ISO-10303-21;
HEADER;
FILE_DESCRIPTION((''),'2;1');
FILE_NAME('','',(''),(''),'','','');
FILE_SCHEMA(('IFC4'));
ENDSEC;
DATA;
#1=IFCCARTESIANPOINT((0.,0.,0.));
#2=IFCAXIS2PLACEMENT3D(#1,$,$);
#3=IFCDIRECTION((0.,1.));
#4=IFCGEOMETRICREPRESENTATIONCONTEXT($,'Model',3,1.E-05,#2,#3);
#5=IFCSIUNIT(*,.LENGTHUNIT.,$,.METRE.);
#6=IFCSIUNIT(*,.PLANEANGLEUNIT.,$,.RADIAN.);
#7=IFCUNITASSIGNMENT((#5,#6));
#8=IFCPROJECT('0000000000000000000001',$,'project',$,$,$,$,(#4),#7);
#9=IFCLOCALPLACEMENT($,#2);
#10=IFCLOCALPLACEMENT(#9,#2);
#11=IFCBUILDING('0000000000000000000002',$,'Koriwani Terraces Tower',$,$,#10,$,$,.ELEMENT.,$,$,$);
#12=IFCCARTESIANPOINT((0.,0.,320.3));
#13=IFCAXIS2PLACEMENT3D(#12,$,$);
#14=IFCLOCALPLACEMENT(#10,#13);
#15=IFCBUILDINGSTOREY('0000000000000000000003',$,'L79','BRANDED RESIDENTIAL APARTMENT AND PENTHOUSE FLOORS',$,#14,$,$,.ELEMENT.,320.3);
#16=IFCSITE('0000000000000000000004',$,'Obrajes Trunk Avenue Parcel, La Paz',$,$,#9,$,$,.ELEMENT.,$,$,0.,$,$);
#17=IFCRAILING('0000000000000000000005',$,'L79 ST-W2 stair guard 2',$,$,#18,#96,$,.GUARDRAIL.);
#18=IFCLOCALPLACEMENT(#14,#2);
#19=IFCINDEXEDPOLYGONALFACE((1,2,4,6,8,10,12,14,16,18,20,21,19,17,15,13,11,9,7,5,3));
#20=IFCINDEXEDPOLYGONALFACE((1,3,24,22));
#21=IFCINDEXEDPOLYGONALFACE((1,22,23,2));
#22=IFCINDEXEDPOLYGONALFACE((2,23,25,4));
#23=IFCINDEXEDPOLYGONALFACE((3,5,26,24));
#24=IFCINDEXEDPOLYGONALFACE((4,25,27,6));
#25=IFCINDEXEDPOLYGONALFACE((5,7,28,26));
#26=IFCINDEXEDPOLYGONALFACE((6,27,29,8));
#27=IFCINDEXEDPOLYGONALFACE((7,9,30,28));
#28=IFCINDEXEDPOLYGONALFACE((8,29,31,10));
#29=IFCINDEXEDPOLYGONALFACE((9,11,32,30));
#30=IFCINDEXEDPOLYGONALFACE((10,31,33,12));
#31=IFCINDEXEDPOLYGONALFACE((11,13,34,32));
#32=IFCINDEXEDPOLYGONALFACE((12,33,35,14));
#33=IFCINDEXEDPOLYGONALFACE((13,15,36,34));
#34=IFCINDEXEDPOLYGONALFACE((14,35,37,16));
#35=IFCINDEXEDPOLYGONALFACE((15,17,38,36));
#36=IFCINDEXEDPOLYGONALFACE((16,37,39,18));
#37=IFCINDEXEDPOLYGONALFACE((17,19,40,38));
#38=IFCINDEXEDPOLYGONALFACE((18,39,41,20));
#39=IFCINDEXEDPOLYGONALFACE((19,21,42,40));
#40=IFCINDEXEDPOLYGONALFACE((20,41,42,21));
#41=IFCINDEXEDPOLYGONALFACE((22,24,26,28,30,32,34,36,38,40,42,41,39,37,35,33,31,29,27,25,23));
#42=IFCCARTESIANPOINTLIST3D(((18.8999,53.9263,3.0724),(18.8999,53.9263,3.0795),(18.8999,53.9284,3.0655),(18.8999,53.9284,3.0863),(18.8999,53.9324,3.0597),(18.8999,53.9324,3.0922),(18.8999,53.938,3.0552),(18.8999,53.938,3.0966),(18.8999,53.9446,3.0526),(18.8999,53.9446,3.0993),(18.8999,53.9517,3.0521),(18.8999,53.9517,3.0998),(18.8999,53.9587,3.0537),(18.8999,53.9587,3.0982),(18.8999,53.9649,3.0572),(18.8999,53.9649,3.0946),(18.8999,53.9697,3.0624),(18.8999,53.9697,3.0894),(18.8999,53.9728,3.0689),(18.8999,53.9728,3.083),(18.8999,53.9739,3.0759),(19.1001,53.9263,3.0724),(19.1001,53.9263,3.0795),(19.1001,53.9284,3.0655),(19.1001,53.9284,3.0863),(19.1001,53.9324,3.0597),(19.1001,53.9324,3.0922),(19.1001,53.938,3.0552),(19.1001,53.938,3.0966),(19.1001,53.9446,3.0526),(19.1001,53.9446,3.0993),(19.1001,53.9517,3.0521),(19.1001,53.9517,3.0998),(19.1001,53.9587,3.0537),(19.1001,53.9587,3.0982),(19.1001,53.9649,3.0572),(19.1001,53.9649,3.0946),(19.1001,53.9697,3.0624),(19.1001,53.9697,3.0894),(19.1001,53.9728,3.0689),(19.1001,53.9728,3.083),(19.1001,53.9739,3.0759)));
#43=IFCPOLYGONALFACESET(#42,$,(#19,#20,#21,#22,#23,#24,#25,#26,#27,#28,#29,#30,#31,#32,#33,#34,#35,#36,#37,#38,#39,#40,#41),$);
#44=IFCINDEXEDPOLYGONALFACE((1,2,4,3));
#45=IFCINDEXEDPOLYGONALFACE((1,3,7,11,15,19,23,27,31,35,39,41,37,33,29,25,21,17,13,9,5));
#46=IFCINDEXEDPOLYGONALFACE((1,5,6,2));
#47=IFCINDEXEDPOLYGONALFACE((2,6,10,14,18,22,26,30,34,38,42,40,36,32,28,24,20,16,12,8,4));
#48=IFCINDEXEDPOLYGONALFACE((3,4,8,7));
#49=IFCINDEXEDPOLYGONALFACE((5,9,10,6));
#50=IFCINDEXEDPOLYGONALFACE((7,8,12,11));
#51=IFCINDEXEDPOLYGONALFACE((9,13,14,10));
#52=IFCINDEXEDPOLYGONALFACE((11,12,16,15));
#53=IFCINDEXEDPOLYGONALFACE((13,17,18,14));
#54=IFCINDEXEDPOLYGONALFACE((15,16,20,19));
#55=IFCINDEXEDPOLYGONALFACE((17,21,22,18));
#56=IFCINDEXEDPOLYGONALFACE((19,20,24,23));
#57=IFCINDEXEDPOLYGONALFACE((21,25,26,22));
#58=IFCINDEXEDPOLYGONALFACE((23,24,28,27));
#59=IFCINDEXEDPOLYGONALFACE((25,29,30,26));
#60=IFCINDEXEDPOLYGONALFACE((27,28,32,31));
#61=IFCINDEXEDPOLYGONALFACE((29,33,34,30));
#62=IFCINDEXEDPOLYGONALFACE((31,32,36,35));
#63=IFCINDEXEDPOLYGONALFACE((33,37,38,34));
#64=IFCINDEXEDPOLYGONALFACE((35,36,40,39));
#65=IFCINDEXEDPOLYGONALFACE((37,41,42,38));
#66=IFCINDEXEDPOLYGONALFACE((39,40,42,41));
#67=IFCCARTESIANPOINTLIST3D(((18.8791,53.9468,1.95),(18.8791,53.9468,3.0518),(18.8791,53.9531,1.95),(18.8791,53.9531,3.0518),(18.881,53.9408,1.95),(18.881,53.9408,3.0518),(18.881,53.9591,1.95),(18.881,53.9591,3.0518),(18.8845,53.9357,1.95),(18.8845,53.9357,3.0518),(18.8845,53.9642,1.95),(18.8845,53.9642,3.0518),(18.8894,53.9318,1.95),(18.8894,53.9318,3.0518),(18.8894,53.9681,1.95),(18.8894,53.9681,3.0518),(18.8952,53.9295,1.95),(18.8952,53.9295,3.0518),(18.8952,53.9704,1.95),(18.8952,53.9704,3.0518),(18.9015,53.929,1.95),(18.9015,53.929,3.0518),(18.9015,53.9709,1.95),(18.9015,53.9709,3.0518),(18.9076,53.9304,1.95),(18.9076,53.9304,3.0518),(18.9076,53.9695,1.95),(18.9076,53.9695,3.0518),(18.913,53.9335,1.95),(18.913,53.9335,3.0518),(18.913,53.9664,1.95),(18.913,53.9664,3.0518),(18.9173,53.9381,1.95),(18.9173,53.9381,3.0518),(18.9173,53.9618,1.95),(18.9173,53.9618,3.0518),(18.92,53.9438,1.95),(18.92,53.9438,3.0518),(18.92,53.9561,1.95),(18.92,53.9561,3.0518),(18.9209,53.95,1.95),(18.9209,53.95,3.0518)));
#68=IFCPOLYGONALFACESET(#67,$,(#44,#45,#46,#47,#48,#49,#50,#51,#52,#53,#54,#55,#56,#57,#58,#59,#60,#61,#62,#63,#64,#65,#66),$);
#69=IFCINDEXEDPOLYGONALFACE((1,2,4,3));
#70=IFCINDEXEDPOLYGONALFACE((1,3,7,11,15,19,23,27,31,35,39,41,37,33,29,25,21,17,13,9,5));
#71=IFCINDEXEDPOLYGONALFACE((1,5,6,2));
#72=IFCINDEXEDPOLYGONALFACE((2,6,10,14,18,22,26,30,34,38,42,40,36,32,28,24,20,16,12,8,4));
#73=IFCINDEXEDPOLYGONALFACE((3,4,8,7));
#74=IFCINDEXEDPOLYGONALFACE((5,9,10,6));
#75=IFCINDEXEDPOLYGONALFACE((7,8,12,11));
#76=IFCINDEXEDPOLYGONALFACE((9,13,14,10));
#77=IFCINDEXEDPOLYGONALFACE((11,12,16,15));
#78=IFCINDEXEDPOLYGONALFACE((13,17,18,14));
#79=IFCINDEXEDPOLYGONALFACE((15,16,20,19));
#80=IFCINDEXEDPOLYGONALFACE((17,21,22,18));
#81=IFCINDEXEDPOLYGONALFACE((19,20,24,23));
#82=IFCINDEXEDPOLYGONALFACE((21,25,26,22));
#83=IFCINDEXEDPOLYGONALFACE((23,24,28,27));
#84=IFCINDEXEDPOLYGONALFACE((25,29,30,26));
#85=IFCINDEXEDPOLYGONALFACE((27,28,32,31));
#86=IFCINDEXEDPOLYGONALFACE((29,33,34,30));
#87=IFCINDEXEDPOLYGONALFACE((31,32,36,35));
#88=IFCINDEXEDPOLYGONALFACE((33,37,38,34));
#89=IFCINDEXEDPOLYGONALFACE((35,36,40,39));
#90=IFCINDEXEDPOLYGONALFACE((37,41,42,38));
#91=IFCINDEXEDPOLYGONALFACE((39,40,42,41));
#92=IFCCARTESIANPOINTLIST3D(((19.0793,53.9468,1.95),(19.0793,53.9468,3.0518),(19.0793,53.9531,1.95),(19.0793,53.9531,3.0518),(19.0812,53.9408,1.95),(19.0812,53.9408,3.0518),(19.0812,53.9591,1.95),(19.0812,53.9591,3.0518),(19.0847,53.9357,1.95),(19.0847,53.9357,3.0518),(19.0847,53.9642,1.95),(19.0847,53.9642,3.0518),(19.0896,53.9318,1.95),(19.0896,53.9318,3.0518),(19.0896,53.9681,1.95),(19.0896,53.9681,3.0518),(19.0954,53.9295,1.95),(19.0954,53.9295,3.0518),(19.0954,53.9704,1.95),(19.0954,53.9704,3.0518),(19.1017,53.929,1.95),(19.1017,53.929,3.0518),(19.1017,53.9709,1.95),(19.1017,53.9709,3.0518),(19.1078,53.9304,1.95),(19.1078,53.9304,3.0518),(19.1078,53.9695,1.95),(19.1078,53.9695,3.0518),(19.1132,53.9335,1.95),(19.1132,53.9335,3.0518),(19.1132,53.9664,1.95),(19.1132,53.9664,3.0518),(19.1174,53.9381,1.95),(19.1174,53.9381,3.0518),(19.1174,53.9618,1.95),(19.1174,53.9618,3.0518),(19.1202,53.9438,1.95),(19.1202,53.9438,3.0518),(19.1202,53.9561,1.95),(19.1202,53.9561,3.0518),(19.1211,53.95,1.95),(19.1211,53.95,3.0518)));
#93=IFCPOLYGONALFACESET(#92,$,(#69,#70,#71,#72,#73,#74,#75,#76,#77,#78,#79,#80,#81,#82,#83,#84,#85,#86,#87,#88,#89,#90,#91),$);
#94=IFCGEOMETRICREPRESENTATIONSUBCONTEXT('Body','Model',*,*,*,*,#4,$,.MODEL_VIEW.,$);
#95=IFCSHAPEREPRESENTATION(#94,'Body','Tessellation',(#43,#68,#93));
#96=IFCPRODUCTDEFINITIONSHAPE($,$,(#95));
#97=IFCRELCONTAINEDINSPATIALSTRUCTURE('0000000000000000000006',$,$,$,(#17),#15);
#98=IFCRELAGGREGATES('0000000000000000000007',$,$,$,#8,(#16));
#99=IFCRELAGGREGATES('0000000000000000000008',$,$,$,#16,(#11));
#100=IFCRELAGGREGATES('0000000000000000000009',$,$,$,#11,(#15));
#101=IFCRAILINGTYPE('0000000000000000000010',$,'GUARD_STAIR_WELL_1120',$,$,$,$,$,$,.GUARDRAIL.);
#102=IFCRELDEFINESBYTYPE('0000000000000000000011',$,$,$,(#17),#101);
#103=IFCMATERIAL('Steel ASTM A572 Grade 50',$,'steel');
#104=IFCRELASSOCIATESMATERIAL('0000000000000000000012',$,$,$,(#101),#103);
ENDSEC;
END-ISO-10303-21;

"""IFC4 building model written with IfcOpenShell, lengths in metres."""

from ifc_helpers import new_model, si_unit, direction, frame, origin, origin_2d, place, context, subcontext, project, spatial, circle, extrude, material, type_object, element, save


model = new_model("IFC4")

# Units and contexts
model_context = context("Model", 3, precision=1e-05, world=origin(), true_north=direction((0.0, 1.0)))
body_context = subcontext(model_context, "Body", "Model", "MODEL_VIEW")
ifc_project = project(units=[si_unit("LENGTHUNIT", "METRE"), si_unit("PLANEANGLEUNIT", "RADIAN")], contexts=[model_context])

# Site, building, storey
site_placement = place(None, origin())
site = spatial("IfcSite", under=ifc_project, at=site_placement, Name="Obrajes Trunk Avenue Parcel, La Paz", CompositionType="ELEMENT", RefElevation=0.0)
building_placement = place(site_placement, origin())
building = spatial("IfcBuilding", under=site, at=building_placement, Name="Koriwani Terraces Tower", CompositionType="ELEMENT")
storey_placement = place(building_placement, frame((0.0, 0.0, 320.3)))
storey = spatial("IfcBuildingStorey", under=building, at=storey_placement, Name="L79", Description="BRANDED RESIDENTIAL APARTMENT AND PENTHOUSE FLOORS", CompositionType="ELEMENT", Elevation=320.3)

# Shared definitions
ifc_material_1 = material(Name="Steel ASTM A572 Grade 50", Category="steel")

# Railing
railing_type_1 = type_object("IfcRailingType", Name="GUARD_STAIR_WELL_1120", PredefinedType="GUARDRAIL", material=ifc_material_1)
railing_1_placement = place(storey_placement, frame((18.8999, 53.95, 1.95)))
element("IfcRailing", 1, at=railing_1_placement, inside=storey, type_object=railing_type_1, Name="L79 ST-W2 stair guard 2", PredefinedType="GUARDRAIL", context=body_context, shape_type="SweptSolid", body=[
    extrude(circle(Radius=0.0239, at=origin_2d()), frame((0.0, 0.0, 1.126), z_axis=(1.0, 0.0, 0.0), x_axis=(0.0, 1.0, 0.0)), (0.0, 0.0, 1.0), 0.2002),
    extrude(circle(Radius=0.021, at=origin_2d()), origin(), (0.0, 0.0, 1.0), 1.1018),
    extrude(circle(Radius=0.021, at=origin_2d()), frame((0.2002, 0.0, 0.0)), (0.0, 0.0, 1.0), 1.1018),
])

save(model, "model.ifc")
